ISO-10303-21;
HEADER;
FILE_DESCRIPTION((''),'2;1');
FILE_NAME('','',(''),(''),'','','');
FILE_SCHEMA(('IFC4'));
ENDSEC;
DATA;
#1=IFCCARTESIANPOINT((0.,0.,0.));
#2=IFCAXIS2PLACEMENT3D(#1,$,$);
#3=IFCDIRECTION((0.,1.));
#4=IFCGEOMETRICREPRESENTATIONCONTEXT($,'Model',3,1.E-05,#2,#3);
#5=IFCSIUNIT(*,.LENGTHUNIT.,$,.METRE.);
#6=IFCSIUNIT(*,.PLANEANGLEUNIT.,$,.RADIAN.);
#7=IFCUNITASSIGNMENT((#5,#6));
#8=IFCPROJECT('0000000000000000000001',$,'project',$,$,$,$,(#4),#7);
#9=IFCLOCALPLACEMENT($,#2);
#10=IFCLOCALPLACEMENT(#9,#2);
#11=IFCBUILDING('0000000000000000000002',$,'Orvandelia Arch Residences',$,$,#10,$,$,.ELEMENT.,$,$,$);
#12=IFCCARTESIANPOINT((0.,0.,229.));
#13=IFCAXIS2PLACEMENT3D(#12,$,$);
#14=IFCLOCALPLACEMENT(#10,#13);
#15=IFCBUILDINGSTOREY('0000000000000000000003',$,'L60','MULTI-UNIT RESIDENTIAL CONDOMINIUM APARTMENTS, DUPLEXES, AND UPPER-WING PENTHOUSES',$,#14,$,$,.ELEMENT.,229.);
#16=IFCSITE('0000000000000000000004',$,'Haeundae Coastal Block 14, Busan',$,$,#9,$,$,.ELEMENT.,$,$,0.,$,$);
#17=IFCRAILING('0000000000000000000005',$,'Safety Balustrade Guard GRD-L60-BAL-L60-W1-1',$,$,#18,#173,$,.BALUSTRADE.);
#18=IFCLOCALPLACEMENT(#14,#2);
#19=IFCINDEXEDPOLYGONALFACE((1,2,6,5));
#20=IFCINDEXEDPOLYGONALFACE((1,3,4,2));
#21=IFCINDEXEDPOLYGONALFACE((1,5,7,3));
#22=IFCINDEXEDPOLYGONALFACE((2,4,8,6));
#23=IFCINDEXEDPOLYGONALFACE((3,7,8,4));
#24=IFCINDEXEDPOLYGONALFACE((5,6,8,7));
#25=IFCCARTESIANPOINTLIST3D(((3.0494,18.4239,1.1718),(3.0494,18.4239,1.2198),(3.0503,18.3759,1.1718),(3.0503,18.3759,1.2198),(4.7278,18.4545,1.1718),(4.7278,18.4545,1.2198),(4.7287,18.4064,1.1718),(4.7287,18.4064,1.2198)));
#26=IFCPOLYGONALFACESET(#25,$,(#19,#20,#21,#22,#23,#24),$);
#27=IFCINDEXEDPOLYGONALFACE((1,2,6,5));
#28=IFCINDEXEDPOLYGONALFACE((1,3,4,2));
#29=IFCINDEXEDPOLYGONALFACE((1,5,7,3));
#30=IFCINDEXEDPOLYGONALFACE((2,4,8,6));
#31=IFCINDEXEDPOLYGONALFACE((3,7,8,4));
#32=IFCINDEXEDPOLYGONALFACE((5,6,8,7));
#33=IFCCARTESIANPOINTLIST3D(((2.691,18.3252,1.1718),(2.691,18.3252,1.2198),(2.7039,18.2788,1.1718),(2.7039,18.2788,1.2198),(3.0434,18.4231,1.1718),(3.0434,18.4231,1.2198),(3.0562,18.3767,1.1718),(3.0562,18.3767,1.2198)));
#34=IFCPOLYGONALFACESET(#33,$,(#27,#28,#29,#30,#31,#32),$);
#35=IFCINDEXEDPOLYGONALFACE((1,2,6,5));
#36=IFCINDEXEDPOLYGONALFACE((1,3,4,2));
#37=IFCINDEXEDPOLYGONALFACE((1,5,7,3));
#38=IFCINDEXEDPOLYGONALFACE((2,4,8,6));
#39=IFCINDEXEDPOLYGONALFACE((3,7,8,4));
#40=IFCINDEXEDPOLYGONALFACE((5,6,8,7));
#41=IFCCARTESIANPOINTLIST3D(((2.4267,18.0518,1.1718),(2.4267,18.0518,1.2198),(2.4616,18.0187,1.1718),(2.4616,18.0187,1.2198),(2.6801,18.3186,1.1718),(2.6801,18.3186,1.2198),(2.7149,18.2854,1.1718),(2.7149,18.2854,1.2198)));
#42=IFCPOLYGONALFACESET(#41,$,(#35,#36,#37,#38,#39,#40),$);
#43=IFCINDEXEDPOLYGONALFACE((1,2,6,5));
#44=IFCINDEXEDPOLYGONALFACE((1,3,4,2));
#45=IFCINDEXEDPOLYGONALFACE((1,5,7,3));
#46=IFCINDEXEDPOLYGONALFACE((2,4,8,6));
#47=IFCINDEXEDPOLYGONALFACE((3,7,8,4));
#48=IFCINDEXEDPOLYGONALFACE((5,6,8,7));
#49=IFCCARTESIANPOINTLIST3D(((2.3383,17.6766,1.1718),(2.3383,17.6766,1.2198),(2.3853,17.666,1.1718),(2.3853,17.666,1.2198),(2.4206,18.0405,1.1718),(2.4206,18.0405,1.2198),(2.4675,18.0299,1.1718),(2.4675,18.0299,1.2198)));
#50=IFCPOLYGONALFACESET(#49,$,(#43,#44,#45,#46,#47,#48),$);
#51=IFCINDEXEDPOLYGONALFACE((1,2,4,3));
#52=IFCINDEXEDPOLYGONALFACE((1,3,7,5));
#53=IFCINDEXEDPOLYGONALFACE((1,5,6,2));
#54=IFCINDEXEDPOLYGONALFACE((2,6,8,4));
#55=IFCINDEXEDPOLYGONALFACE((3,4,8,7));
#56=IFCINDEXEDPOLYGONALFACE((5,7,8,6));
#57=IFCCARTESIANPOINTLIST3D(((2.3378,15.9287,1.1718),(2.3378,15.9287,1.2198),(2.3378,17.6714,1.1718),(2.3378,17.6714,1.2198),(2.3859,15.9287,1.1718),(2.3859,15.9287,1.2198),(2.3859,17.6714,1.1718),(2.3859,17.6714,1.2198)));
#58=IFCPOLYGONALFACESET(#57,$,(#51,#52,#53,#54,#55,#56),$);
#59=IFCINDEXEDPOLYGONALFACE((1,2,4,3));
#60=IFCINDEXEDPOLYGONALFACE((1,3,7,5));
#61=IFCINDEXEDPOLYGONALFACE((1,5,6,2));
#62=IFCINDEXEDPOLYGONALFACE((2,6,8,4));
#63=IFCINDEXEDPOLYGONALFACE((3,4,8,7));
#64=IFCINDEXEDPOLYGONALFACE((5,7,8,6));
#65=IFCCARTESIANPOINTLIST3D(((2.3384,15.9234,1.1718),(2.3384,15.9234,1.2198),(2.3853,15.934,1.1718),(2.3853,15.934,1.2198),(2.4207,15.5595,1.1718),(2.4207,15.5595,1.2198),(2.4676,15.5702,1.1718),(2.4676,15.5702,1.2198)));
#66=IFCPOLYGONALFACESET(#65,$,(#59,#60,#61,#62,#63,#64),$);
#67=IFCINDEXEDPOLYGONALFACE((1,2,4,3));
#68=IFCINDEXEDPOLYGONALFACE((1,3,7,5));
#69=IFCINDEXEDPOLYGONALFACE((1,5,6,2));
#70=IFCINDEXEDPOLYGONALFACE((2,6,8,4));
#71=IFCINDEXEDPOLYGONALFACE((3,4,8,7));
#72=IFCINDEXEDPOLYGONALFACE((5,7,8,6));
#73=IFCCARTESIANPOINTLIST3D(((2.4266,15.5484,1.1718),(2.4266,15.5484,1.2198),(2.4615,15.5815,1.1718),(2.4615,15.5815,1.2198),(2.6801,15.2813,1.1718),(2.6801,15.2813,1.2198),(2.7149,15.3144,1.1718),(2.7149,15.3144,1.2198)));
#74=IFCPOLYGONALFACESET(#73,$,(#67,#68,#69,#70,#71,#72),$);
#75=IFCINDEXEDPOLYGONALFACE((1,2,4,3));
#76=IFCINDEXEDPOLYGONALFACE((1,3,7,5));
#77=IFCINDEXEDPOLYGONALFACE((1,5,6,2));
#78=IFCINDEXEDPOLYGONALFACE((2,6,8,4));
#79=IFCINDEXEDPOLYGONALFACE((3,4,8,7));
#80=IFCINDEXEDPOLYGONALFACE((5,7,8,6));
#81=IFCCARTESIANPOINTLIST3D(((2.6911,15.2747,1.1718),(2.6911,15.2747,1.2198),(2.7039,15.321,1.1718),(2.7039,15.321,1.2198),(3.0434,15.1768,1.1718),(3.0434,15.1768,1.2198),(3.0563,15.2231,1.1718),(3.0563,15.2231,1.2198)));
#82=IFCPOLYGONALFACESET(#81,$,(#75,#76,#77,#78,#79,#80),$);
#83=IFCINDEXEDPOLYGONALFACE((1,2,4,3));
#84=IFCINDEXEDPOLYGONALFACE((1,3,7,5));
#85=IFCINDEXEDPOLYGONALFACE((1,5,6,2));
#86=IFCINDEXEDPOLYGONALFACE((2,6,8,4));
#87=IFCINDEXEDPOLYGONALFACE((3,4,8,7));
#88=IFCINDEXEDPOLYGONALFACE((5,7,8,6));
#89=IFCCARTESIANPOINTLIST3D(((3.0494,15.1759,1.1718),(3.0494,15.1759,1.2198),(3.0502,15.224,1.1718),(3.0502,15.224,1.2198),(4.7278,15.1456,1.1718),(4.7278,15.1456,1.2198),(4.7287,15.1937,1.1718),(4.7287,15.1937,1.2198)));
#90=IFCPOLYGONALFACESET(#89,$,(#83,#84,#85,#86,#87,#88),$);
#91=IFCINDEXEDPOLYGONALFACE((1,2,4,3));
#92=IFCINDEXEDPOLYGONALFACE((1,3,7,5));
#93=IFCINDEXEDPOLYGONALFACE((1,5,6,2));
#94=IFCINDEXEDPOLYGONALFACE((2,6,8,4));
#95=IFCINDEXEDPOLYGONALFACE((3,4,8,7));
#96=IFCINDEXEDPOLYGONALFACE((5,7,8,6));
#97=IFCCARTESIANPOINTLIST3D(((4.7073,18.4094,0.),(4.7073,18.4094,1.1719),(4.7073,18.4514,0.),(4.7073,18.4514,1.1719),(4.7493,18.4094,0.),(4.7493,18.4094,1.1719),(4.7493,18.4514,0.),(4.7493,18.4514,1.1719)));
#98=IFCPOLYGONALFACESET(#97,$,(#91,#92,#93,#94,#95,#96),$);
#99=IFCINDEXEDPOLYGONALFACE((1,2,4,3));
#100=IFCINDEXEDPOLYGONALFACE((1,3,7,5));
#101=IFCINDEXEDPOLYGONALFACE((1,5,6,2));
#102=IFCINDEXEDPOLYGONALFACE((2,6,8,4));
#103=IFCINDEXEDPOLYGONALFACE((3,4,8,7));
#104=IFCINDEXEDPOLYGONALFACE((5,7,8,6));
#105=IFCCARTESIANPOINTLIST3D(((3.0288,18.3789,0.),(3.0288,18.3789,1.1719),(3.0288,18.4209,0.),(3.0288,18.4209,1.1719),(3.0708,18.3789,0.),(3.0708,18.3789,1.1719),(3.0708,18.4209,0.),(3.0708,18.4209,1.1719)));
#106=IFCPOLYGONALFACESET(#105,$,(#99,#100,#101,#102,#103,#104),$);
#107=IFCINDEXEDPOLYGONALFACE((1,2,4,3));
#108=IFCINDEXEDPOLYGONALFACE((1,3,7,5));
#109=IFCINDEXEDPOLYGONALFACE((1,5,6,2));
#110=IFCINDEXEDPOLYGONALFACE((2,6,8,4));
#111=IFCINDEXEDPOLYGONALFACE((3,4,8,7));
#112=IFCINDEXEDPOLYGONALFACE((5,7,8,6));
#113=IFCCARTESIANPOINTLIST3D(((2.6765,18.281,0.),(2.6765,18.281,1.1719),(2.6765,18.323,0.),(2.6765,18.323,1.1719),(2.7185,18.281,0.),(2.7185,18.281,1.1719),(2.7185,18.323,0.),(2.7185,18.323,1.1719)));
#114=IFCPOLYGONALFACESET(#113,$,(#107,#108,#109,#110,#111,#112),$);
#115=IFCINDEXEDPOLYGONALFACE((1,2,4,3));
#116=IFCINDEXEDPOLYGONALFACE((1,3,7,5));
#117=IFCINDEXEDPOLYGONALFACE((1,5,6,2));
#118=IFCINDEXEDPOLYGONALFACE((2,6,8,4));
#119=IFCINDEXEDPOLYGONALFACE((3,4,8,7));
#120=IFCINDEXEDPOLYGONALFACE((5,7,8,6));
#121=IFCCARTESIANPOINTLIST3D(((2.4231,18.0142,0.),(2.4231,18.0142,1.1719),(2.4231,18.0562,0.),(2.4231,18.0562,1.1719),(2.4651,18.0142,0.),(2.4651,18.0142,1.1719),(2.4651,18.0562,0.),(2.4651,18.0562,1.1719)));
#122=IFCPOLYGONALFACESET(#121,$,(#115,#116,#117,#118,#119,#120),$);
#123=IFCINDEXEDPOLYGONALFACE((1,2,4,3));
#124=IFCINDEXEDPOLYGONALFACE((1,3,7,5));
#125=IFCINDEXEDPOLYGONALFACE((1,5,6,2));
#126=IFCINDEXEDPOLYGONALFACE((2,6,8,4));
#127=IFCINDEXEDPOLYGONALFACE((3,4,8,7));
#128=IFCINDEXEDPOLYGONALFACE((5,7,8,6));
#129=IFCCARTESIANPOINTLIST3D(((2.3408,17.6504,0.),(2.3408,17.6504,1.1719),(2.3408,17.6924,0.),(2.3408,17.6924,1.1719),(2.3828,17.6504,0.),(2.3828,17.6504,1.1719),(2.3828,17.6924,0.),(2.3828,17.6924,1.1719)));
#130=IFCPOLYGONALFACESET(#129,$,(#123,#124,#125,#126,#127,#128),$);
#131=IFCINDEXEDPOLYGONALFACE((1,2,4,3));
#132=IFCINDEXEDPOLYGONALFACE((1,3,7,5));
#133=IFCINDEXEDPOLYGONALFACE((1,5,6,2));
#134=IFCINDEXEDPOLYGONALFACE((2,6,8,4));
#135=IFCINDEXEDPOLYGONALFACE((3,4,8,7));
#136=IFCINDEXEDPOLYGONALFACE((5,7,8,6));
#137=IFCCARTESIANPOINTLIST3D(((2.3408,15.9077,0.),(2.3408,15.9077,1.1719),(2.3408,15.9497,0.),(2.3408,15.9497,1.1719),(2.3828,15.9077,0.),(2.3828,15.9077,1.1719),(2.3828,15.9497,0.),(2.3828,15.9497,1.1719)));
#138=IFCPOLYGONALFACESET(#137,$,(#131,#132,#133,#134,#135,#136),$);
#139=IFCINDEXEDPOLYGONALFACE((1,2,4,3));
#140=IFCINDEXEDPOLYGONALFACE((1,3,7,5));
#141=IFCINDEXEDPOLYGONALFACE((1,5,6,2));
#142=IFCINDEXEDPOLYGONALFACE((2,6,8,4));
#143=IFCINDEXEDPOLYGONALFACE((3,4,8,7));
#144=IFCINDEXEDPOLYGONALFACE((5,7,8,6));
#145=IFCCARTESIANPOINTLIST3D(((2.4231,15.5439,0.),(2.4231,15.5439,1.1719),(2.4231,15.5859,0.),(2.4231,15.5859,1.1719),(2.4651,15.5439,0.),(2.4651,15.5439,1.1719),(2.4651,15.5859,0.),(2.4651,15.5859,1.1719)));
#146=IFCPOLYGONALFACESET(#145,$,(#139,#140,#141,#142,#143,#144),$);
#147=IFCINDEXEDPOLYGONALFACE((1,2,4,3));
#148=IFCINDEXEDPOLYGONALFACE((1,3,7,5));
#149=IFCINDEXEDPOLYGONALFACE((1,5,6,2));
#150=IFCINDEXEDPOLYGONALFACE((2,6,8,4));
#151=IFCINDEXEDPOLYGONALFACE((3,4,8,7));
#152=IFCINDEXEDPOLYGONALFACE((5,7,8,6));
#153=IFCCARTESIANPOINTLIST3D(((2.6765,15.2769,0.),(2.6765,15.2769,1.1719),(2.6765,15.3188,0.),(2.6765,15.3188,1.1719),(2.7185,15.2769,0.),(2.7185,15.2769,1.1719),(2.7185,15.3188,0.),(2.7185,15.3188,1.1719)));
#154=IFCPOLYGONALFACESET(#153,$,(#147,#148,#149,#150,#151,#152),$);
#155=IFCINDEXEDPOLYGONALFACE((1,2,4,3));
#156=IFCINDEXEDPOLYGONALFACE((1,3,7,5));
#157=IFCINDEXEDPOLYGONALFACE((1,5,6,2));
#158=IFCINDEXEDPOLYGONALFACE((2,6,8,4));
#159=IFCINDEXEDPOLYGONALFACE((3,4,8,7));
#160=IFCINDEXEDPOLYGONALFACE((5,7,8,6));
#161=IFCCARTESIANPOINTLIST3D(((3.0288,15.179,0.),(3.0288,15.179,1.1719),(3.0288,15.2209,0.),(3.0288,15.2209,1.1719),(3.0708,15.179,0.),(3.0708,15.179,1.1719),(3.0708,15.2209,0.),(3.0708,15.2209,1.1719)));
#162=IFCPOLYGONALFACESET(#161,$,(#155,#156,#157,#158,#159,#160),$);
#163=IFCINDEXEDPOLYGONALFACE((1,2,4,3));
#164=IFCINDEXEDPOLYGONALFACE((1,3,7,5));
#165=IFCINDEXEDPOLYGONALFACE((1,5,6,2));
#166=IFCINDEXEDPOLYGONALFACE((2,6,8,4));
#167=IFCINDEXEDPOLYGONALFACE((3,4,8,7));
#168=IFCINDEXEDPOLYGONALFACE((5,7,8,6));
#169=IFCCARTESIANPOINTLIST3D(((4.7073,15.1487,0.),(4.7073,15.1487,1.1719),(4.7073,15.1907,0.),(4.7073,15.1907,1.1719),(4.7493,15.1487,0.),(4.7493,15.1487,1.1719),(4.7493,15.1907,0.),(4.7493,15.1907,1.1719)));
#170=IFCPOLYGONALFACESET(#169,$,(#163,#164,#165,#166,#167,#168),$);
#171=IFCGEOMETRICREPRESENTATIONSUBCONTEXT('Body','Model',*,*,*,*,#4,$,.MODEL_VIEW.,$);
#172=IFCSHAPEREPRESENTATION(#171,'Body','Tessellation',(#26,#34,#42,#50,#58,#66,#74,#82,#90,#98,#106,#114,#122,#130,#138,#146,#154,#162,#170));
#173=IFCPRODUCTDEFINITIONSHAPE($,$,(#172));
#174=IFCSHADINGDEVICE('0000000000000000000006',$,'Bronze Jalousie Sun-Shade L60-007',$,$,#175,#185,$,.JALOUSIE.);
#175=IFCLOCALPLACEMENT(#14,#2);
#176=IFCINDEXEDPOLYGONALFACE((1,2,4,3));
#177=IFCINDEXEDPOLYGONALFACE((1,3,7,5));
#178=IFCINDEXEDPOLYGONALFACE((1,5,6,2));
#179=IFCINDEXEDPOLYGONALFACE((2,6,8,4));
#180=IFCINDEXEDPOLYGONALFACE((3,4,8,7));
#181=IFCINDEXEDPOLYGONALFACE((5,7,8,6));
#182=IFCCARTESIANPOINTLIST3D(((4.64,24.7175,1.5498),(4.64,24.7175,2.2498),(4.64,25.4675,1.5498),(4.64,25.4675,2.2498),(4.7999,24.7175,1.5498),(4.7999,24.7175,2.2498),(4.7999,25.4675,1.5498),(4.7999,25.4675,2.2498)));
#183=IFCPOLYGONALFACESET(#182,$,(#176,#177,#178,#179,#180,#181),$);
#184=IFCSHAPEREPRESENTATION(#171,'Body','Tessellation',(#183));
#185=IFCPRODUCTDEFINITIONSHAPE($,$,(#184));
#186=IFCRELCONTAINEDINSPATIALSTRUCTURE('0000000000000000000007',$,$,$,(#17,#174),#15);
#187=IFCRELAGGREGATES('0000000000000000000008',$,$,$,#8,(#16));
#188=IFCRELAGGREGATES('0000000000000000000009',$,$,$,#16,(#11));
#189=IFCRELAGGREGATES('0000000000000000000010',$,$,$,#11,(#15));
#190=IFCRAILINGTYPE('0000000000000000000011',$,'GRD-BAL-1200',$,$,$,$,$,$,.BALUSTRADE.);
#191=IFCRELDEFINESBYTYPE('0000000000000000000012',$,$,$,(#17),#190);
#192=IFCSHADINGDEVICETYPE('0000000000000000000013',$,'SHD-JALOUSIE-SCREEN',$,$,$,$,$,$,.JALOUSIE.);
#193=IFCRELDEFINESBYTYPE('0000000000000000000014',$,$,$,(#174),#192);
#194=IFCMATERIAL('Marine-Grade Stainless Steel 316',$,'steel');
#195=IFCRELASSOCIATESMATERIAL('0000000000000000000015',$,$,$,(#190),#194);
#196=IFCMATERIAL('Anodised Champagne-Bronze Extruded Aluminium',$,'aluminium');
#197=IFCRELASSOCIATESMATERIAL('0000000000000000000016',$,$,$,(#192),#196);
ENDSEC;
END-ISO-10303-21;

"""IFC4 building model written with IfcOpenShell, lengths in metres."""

from ifc_helpers import new_model, si_unit, direction, frame, origin, origin_2d, place, context, subcontext, project, spatial, rectangle, extrude, material, type_object, element, save


model = new_model("IFC4")

# Units and contexts
model_context = context("Model", 3, precision=1e-05, world=origin(), true_north=direction((0.0, 1.0)))
body_context = subcontext(model_context, "Body", "Model", "MODEL_VIEW")
ifc_project = project(units=[si_unit("LENGTHUNIT", "METRE"), si_unit("PLANEANGLEUNIT", "RADIAN")], contexts=[model_context])

# Site, building, storey
site_placement = place(None, origin())
site = spatial("IfcSite", under=ifc_project, at=site_placement, Name="Haeundae Coastal Block 14, Busan", CompositionType="ELEMENT", RefElevation=0.0)
building_placement = place(site_placement, origin())
building = spatial("IfcBuilding", under=site, at=building_placement, Name="Orvandelia Arch Residences", CompositionType="ELEMENT")
storey_placement = place(building_placement, frame((0.0, 0.0, 229.0)))
storey = spatial("IfcBuildingStorey", under=building, at=storey_placement, Name="L60", Description="MULTI-UNIT RESIDENTIAL CONDOMINIUM APARTMENTS, DUPLEXES, AND UPPER-WING PENTHOUSES", CompositionType="ELEMENT", Elevation=229.0)

# Railing
ifc_material_1 = material(Name="Marine-Grade Stainless Steel 316", Category="steel")
railing_type = type_object("IfcRailingType", Name="GRD-BAL-1200", PredefinedType="BALUSTRADE", material=ifc_material_1)
railing_placement = place(storey_placement, frame((4.7283, 18.4304, 0.0)))
element("IfcRailing", 1, at=railing_placement, inside=storey, type_object=railing_type, Name="Safety Balustrade Guard GRD-L60-BAL-L60-W1-1", PredefinedType="BALUSTRADE", context=body_context, shape_type="SweptSolid", body=[
    extrude(rectangle(XDim=0.0481, YDim=0.0481, at=origin_2d()), frame((0.0, 0.0, 1.1958), z_axis=(-0.999835, -0.018179, 0.0), x_axis=(0.018179, -0.999835, 0.0)), (0.0, 0.0, 1.0), 1.6787),
    extrude(rectangle(XDim=0.0481, YDim=0.0481, at=origin_2d()), frame((-1.6785, -0.0305, 1.1958), z_axis=(-0.963489, -0.267747, 0.0), x_axis=(0.267747, -0.963489, 0.0)), (0.0, 0.0, 1.0), 0.3657),
    extrude(rectangle(XDim=0.0481, YDim=0.0481, at=origin_2d()), frame((-2.0308, -0.1284, 1.1958), z_axis=(-0.688627, -0.725115, 0.0), x_axis=(0.725115, -0.688627, 0.0)), (0.0, 0.0, 1.0), 0.3679),
    extrude(rectangle(XDim=0.0481, YDim=0.0481, at=origin_2d()), frame((-2.2842, -0.3953, 1.1958), z_axis=(-0.220602, -0.975364, 0.0), x_axis=(0.975364, -0.220602, 0.0)), (0.0, 0.0, 1.0), 0.373),
    extrude(rectangle(XDim=0.0481, YDim=0.0481, at=origin_2d()), frame((-2.3665, -0.759, 1.1958), z_axis=(0.0, -1.0, 0.0), x_axis=(1.0, 0.0, 0.0)), (0.0, 0.0, 1.0), 1.7427),
    extrude(rectangle(XDim=0.0481, YDim=0.0481, at=origin_2d()), frame((-2.3665, -2.5017, 1.1958), z_axis=(0.220602, -0.975364, 0.0), x_axis=(0.975364, 0.220602, 0.0)), (0.0, 0.0, 1.0), 0.373),
    extrude(rectangle(XDim=0.0481, YDim=0.0481, at=origin_2d()), frame((-2.2842, -2.8655, 1.1958), z_axis=(0.688296, -0.72543, 0.0), x_axis=(0.72543, 0.688296, 0.0)), (0.0, 0.0, 1.0), 0.3682),
    extrude(rectangle(XDim=0.0481, YDim=0.0481, at=origin_2d()), frame((-2.0308, -3.1326, 1.1958), z_axis=(0.963489, -0.267747, 0.0), x_axis=(0.267747, 0.963489, 0.0)), (0.0, 0.0, 1.0), 0.3657),
    extrude(rectangle(XDim=0.0481, YDim=0.0481, at=origin_2d()), frame((-1.6785, -3.2305, 1.1958), z_axis=(0.999837, -0.018033, 0.0), x_axis=(0.018033, 0.999837, 0.0)), (0.0, 0.0, 1.0), 1.6787),
    extrude(rectangle(XDim=0.042, YDim=0.042, at=origin_2d()), origin(), (0.0, 0.0, 1.0), 1.1719),
    extrude(rectangle(XDim=0.042, YDim=0.042, at=origin_2d()), frame((-1.6785, -0.0305, 0.0)), (0.0, 0.0, 1.0), 1.1719),
    extrude(rectangle(XDim=0.042, YDim=0.042, at=origin_2d()), frame((-2.0308, -0.1284, 0.0)), (0.0, 0.0, 1.0), 1.1719),
    extrude(rectangle(XDim=0.042, YDim=0.042, at=origin_2d()), frame((-2.2842, -0.3953, 0.0)), (0.0, 0.0, 1.0), 1.1719),
    extrude(rectangle(XDim=0.042, YDim=0.042, at=origin_2d()), frame((-2.3665, -0.759, 0.0)), (0.0, 0.0, 1.0), 1.1719),
    extrude(rectangle(XDim=0.042, YDim=0.042, at=origin_2d()), frame((-2.3665, -2.5017, 0.0)), (0.0, 0.0, 1.0), 1.1719),
    extrude(rectangle(XDim=0.042, YDim=0.042, at=origin_2d()), frame((-2.2842, -2.8655, 0.0)), (0.0, 0.0, 1.0), 1.1719),
    extrude(rectangle(XDim=0.042, YDim=0.042, at=origin_2d()), frame((-2.0308, -3.1326, 0.0)), (0.0, 0.0, 1.0), 1.1719),
    extrude(rectangle(XDim=0.042, YDim=0.042, at=origin_2d()), frame((-1.6785, -3.2305, 0.0)), (0.0, 0.0, 1.0), 1.1719),
    extrude(rectangle(XDim=0.042, YDim=0.042, at=origin_2d()), frame((0.0, -3.2607, 0.0)), (0.0, 0.0, 1.0), 1.1719),
])

# Shading device
ifc_material_2 = material(Name="Anodised Champagne-Bronze Extruded Aluminium", Category="aluminium")
shading_device_type = type_object("IfcShadingDeviceType", Name="SHD-JALOUSIE-SCREEN", PredefinedType="JALOUSIE", material=ifc_material_2)
shading_device_placement = place(storey_placement, frame((4.72, 25.0925, 1.5498), z_axis=(0.0, 0.0, 1.0), x_axis=(0.0, 1.0, 0.0)))
element("IfcShadingDevice", 2, at=shading_device_placement, inside=storey, type_object=shading_device_type, Name="Bronze Jalousie Sun-Shade L60-007", PredefinedType="JALOUSIE", context=body_context, shape_type="SweptSolid", body=[
    extrude(rectangle(XDim=0.75, YDim=0.1599, at=origin_2d()), origin(), (0.0, 0.0, 1.0), 0.7),
])

save(model, "model.ifc")
